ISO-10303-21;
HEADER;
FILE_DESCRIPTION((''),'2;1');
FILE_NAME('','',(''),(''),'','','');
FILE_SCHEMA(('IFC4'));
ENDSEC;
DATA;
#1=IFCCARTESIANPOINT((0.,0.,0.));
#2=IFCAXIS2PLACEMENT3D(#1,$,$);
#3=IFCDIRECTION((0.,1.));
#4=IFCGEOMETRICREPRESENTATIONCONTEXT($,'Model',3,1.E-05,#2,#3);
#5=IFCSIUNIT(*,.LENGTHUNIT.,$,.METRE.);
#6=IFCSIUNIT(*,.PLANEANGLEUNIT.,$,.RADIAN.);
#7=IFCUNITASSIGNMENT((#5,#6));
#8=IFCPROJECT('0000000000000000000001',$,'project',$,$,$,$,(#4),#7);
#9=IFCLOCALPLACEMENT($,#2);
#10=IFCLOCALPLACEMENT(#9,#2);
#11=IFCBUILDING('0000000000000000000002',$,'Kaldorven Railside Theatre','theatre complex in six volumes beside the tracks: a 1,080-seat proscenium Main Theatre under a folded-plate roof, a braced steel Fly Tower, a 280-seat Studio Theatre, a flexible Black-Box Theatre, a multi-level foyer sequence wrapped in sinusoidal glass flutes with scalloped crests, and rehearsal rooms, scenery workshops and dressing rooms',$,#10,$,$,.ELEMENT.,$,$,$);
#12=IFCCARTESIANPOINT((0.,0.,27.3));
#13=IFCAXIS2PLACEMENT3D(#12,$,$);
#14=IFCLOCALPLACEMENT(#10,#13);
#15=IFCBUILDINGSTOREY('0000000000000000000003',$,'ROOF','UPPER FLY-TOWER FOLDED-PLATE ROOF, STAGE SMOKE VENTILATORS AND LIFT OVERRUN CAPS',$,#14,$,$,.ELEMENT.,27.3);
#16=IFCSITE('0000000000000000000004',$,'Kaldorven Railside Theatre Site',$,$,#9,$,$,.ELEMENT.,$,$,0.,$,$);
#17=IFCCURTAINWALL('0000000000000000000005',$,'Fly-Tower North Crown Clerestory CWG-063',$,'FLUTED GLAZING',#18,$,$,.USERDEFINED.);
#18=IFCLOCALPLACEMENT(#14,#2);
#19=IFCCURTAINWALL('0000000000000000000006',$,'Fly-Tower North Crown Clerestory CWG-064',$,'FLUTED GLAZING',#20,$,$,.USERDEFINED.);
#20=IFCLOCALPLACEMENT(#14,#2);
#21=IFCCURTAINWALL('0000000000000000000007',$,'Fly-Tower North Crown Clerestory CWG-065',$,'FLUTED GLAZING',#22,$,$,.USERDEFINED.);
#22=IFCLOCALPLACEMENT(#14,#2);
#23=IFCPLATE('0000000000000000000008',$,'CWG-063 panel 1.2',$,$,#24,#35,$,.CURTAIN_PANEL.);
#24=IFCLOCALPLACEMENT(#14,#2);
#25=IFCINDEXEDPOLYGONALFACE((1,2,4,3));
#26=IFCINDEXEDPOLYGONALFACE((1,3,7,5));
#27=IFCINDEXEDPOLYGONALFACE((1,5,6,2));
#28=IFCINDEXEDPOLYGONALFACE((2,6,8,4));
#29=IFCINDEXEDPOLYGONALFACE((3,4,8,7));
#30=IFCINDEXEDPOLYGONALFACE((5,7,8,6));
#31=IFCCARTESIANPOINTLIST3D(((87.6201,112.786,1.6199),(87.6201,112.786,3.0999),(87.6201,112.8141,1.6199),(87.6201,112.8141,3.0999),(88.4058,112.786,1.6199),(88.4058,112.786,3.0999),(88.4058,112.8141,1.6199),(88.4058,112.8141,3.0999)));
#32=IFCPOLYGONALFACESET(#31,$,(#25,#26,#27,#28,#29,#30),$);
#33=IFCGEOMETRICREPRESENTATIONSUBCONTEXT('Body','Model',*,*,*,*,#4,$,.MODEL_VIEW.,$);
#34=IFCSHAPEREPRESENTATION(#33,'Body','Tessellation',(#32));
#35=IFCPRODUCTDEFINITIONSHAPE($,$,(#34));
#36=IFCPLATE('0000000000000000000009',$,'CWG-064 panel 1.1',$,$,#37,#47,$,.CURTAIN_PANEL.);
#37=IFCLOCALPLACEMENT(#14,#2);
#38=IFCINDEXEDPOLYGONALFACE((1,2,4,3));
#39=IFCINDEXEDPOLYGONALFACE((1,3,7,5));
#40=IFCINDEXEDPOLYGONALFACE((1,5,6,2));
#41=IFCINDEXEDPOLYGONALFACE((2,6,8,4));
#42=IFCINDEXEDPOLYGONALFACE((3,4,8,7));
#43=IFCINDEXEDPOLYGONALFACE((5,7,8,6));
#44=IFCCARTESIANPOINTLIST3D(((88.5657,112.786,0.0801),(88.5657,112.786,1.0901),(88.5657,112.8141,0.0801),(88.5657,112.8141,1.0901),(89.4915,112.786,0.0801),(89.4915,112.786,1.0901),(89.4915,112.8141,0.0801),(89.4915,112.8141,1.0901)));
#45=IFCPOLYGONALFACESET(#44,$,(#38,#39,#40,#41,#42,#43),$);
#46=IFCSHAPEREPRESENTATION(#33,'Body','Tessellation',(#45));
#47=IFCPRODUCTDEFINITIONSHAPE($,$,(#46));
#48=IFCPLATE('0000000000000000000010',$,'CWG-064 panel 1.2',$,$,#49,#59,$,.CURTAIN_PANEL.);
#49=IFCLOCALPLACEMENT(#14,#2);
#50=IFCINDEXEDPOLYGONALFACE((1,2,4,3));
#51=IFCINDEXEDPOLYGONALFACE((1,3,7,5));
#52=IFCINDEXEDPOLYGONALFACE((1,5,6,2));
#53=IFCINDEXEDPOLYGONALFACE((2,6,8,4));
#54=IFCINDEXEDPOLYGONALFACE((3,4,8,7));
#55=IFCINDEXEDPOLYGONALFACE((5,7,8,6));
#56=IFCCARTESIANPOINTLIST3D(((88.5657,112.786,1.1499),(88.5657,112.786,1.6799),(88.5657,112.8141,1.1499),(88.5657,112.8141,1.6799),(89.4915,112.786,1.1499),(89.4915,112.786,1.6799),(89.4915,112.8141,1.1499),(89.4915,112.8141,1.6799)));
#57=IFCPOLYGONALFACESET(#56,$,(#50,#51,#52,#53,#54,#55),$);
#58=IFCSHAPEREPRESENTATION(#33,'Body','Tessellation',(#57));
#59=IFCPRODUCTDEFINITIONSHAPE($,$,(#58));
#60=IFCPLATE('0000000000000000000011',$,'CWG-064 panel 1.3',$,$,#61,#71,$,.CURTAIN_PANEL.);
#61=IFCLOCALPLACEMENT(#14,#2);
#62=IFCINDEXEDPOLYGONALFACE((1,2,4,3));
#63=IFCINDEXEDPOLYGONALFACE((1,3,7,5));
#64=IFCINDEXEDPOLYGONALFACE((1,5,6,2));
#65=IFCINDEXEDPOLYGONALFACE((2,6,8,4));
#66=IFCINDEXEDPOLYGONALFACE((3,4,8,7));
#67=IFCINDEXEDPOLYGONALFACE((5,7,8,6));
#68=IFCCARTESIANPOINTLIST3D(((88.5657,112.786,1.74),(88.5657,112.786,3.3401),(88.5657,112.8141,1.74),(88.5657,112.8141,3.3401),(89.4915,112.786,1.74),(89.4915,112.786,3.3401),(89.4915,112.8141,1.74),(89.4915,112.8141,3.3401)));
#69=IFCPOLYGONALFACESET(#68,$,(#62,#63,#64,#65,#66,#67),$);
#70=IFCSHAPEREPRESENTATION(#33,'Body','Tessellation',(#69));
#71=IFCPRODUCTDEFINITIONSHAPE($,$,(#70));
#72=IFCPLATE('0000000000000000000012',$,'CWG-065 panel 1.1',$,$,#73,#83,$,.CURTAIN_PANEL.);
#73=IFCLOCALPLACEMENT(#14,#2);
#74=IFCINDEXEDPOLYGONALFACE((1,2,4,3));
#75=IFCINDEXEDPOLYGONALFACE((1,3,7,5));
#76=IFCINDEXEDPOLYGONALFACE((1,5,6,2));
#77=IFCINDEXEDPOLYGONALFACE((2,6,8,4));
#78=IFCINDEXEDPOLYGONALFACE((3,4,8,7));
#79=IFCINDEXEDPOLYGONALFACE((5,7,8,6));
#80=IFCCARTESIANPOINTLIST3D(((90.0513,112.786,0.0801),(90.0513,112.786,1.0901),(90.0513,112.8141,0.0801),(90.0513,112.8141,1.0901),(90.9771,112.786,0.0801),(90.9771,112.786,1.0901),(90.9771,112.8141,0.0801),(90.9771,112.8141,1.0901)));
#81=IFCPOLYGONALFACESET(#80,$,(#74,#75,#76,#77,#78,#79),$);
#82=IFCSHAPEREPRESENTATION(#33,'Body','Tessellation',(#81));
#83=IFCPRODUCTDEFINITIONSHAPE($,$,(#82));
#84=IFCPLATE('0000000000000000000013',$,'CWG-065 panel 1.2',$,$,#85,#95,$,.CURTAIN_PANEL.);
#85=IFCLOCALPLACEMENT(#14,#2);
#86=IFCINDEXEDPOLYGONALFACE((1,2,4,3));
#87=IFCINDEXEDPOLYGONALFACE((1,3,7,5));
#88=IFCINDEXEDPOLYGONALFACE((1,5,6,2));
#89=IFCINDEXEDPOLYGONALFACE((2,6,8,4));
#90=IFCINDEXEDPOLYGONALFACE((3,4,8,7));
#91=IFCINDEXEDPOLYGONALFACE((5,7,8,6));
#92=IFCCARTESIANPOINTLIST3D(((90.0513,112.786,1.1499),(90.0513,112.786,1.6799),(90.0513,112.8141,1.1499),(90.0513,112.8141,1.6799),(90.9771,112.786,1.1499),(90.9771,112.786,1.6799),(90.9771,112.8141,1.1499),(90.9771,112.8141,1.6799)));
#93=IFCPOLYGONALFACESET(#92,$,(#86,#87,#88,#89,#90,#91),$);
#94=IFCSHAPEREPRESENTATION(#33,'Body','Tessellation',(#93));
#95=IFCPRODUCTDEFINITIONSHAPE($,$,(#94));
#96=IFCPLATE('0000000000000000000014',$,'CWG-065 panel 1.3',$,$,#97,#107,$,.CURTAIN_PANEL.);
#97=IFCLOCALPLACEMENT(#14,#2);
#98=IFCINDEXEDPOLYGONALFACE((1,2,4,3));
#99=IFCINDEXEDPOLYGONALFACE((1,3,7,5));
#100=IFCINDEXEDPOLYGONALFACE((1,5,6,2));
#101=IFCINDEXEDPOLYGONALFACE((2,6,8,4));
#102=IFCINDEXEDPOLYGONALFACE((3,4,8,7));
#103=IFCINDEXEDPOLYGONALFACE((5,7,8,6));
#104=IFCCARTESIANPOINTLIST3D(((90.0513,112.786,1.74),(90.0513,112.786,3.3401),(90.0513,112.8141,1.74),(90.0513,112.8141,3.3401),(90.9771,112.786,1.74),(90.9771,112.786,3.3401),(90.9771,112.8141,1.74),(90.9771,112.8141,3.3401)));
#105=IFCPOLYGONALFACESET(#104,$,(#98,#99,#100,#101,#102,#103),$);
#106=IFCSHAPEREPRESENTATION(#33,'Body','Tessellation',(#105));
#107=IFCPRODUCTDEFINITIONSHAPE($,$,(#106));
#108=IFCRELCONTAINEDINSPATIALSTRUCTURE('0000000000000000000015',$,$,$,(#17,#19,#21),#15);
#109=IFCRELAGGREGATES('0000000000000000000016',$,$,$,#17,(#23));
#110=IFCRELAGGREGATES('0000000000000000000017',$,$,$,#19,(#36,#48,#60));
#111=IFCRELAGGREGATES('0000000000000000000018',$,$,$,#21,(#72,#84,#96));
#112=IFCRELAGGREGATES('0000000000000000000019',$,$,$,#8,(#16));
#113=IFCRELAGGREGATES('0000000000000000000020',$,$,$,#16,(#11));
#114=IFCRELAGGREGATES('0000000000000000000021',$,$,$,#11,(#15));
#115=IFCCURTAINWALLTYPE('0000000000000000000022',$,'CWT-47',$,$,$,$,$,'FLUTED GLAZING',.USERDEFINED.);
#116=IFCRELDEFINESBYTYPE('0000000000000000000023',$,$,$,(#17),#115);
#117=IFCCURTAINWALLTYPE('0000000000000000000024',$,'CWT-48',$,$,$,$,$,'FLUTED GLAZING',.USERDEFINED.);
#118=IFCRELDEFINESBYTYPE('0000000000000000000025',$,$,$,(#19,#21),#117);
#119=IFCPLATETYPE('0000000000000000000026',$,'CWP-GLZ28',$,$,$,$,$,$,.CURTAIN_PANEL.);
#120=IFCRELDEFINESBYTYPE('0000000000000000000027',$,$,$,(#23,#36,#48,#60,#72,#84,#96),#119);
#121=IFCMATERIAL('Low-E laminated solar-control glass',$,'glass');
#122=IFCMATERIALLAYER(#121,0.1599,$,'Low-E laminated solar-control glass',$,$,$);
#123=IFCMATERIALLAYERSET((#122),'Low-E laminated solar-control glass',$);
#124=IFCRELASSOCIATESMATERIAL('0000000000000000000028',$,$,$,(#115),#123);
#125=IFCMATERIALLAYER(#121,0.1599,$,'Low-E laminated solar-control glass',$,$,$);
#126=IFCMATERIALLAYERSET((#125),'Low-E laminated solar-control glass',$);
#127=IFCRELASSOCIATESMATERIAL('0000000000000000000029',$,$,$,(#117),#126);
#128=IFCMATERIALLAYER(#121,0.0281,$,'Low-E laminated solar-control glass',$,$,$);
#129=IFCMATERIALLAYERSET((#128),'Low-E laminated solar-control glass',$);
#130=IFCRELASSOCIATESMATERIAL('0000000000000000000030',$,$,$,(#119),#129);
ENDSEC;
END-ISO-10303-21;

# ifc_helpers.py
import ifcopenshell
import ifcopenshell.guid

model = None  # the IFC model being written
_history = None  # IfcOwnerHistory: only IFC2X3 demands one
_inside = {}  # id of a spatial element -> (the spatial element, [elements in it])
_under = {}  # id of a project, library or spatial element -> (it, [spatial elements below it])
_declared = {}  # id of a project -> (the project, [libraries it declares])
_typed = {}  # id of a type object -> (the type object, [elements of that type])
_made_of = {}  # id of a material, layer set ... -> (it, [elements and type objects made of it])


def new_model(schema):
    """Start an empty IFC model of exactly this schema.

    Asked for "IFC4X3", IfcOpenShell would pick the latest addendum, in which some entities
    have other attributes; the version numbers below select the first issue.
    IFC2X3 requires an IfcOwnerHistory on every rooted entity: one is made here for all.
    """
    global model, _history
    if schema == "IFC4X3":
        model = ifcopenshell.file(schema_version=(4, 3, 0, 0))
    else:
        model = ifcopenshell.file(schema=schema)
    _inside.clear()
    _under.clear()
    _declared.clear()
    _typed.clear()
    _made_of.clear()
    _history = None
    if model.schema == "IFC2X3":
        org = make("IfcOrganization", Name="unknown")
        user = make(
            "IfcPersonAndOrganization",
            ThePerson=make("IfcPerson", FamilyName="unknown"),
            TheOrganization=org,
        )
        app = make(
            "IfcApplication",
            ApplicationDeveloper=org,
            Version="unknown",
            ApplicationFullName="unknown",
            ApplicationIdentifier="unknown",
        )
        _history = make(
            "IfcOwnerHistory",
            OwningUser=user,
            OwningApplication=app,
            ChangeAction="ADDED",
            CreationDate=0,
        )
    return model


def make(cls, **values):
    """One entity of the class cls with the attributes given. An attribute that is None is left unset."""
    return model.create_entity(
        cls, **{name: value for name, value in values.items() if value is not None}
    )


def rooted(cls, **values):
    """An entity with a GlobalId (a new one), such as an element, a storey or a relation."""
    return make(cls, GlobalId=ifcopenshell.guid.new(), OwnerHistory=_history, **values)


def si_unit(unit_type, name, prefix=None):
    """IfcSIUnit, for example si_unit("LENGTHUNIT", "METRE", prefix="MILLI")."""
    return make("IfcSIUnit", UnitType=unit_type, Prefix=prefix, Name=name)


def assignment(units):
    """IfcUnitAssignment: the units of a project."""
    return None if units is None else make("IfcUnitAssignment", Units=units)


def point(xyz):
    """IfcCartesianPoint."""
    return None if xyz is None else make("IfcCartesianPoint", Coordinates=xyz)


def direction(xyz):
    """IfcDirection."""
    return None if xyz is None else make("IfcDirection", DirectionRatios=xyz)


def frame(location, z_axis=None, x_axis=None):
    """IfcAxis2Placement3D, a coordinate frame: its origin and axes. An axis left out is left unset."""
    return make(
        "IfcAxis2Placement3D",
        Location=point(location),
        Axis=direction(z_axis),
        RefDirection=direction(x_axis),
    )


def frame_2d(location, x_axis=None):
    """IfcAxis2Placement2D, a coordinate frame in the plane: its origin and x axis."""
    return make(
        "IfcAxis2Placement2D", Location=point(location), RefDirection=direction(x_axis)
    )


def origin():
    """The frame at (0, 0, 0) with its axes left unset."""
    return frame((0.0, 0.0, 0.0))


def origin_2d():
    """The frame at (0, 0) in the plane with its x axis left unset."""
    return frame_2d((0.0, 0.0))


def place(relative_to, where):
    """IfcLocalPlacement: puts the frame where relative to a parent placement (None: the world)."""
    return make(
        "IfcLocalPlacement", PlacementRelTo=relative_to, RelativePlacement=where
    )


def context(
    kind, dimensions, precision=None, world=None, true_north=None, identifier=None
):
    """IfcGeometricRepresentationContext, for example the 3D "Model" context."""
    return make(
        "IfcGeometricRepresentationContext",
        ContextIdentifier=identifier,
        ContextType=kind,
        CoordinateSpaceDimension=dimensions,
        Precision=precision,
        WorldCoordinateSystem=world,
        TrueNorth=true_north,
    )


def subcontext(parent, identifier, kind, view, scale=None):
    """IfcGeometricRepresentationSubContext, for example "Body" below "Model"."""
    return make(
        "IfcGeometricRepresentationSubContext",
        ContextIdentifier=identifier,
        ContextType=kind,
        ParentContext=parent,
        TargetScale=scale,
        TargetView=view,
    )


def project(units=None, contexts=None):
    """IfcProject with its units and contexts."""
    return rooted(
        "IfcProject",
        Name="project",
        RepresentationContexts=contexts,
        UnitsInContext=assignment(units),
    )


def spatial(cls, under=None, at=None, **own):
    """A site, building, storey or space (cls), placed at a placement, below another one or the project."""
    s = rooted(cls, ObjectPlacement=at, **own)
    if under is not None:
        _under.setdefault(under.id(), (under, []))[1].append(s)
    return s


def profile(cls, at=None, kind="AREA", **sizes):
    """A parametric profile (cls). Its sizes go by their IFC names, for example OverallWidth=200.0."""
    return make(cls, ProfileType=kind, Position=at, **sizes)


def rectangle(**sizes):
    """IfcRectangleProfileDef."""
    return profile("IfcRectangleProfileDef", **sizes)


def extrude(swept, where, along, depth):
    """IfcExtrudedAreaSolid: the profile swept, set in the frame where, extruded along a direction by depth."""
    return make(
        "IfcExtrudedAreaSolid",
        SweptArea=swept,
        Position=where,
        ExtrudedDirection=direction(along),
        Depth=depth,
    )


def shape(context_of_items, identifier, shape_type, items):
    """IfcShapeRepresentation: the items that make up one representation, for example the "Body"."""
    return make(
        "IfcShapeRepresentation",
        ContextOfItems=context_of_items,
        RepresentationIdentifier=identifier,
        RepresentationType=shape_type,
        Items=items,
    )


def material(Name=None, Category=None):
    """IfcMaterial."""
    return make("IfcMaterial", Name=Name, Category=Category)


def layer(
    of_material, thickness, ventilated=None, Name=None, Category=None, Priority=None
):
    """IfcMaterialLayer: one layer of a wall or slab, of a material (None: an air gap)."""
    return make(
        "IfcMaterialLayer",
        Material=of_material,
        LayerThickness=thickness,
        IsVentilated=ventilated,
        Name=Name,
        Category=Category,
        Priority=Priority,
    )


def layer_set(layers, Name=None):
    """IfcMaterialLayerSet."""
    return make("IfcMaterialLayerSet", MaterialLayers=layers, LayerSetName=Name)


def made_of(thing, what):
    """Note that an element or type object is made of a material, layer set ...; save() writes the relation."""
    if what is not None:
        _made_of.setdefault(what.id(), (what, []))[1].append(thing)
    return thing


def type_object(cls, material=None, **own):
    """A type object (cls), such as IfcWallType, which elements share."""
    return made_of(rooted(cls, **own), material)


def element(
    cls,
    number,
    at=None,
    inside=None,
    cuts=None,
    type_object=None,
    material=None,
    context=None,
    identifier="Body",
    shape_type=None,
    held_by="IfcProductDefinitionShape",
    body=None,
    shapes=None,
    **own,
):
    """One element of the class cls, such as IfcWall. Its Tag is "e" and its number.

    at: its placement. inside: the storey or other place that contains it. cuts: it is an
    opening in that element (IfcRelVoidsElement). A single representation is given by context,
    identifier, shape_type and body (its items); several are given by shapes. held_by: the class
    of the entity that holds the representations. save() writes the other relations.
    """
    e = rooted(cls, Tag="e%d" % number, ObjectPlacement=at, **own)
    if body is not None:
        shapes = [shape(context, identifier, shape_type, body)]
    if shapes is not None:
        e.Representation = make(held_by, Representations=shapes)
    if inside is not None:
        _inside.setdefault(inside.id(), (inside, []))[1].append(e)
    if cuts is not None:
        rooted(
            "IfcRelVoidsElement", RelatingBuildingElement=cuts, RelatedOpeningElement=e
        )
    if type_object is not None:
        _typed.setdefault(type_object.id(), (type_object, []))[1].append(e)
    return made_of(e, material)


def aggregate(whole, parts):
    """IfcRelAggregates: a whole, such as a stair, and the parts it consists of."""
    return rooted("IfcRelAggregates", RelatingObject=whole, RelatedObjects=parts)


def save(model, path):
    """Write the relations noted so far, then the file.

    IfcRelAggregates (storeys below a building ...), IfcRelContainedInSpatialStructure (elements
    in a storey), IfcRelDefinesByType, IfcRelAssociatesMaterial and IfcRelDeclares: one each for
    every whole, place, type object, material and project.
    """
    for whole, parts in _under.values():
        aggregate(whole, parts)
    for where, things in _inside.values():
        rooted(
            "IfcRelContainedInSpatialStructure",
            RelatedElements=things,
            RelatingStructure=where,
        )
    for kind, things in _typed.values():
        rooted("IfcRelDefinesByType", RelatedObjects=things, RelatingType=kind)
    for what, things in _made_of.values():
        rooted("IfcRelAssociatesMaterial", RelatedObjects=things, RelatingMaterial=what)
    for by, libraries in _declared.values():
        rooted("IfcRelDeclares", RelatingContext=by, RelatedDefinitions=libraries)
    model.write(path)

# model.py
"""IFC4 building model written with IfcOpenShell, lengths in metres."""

from ifc_helpers import new_model, si_unit, direction, frame, origin, origin_2d, place, context, subcontext, project, spatial, rectangle, extrude, material, layer, layer_set, type_object, element, aggregate, save


model = new_model("IFC4")

# Units and contexts
model_context = context("Model", 3, precision=1e-05, world=origin(), true_north=direction((0.0, 1.0)))
body_context = subcontext(model_context, "Body", "Model", "MODEL_VIEW")
ifc_project = project(units=[si_unit("LENGTHUNIT", "METRE"), si_unit("PLANEANGLEUNIT", "RADIAN")], contexts=[model_context])

# Site, building, storey
site_placement = place(None, origin())
site = spatial("IfcSite", under=ifc_project, at=site_placement, Name="Kaldorven Railside Theatre Site", CompositionType="ELEMENT", RefElevation=0.0)
building_placement = place(site_placement, origin())
building = spatial("IfcBuilding", under=site, at=building_placement, Name="Kaldorven Railside Theatre", Description="theatre complex in six volumes beside the tracks: a 1,080-seat proscenium Main Theatre under a folded-plate roof, a braced steel Fly Tower, a 280-seat Studio Theatre, a flexible Black-Box Theatre, a multi-level foyer sequence wrapped in sinusoidal glass flutes with scalloped crests, and rehearsal rooms, scenery workshops and dressing rooms", CompositionType="ELEMENT")
storey_placement = place(building_placement, frame((0.0, 0.0, 27.3)))
storey = spatial("IfcBuildingStorey", under=building, at=storey_placement, Name="ROOF", Description="UPPER FLY-TOWER FOLDED-PLATE ROOF, STAGE SMOKE VENTILATORS AND LIFT OVERRUN CAPS", CompositionType="ELEMENT", Elevation=27.3)

# Curtain walls
ifc_material_1 = material(Name="Low-E laminated solar-control glass", Category="glass")
ifc_layer_1 = layer(ifc_material_1, 0.1599, Name="Low-E laminated solar-control glass")
ifc_layer_set_1 = layer_set([ifc_layer_1], Name="Low-E laminated solar-control glass")
curtain_wall_type_1 = type_object("IfcCurtainWallType", Name="CWT-47", ElementType="FLUTED GLAZING", PredefinedType="USERDEFINED", material=ifc_layer_set_1)
curtain_wall_1_placement = place(storey_placement, origin())
curtain_wall_1 = element("IfcCurtainWall", 1, at=curtain_wall_1_placement, inside=storey, type_object=curtain_wall_type_1, Name="Fly-Tower North Crown Clerestory CWG-063", ObjectType="FLUTED GLAZING", PredefinedType="USERDEFINED")
ifc_layer_2 = layer(ifc_material_1, 0.1599, Name="Low-E laminated solar-control glass")
ifc_layer_set_2 = layer_set([ifc_layer_2], Name="Low-E laminated solar-control glass")
curtain_wall_type_2 = type_object("IfcCurtainWallType", Name="CWT-48", ElementType="FLUTED GLAZING", PredefinedType="USERDEFINED", material=ifc_layer_set_2)
curtain_wall_2_placement = place(storey_placement, origin())
curtain_wall_2 = element("IfcCurtainWall", 2, at=curtain_wall_2_placement, inside=storey, type_object=curtain_wall_type_2, Name="Fly-Tower North Crown Clerestory CWG-064", ObjectType="FLUTED GLAZING", PredefinedType="USERDEFINED")
curtain_wall_3_placement = place(storey_placement, origin())
curtain_wall_3 = element("IfcCurtainWall", 3, at=curtain_wall_3_placement, inside=storey, type_object=curtain_wall_type_2, Name="Fly-Tower North Crown Clerestory CWG-065", ObjectType="FLUTED GLAZING", PredefinedType="USERDEFINED")

# Plates
ifc_layer_3 = layer(ifc_material_1, 0.0281, Name="Low-E laminated solar-control glass")
ifc_layer_set_3 = layer_set([ifc_layer_3], Name="Low-E laminated solar-control glass")
plate_type = type_object("IfcPlateType", Name="CWP-GLZ28", PredefinedType="CURTAIN_PANEL", material=ifc_layer_set_3)
plate_1_placement = place(storey_placement, frame((88.0129, 112.8, 1.6199), z_axis=(0.0, 0.0, 1.0), x_axis=(1.0, 0.0, 0.0)))
plate_1 = element("IfcPlate", 4, at=plate_1_placement, type_object=plate_type, Name="CWG-063 panel 1.2", PredefinedType="CURTAIN_PANEL", context=body_context, shape_type="SweptSolid", body=[
    extrude(rectangle(XDim=0.7856, YDim=0.0281, at=origin_2d()), origin(), (0.0, 0.0, 1.0), 1.48),
])
aggregate(curtain_wall_1, [plate_1])
plate_2_placement = place(storey_placement, frame((89.0286, 112.8, 0.0801), z_axis=(0.0, 0.0, 1.0), x_axis=(1.0, 0.0, 0.0)))
plate_2 = element("IfcPlate", 5, at=plate_2_placement, type_object=plate_type, Name="CWG-064 panel 1.1", PredefinedType="CURTAIN_PANEL", context=body_context, shape_type="SweptSolid", body=[
    extrude(rectangle(XDim=0.9258, YDim=0.0281, at=origin_2d()), origin(), (0.0, 0.0, 1.0), 1.01),
])
plate_3_placement = place(storey_placement, frame((89.0286, 112.8, 1.1499), z_axis=(0.0, 0.0, 1.0), x_axis=(1.0, 0.0, 0.0)))
plate_3 = element("IfcPlate", 6, at=plate_3_placement, type_object=plate_type, Name="CWG-064 panel 1.2", PredefinedType="CURTAIN_PANEL", context=body_context, shape_type="SweptSolid", body=[
    extrude(rectangle(XDim=0.9258, YDim=0.0281, at=origin_2d()), origin(), (0.0, 0.0, 1.0), 0.53),
])
plate_4_placement = place(storey_placement, frame((89.0286, 112.8, 1.74), z_axis=(0.0, 0.0, 1.0), x_axis=(1.0, 0.0, 0.0)))
plate_4 = element("IfcPlate", 7, at=plate_4_placement, type_object=plate_type, Name="CWG-064 panel 1.3", PredefinedType="CURTAIN_PANEL", context=body_context, shape_type="SweptSolid", body=[
    extrude(rectangle(XDim=0.9258, YDim=0.0281, at=origin_2d()), origin(), (0.0, 0.0, 1.0), 1.6001),
])
aggregate(curtain_wall_2, [plate_2, plate_3, plate_4])
plate_5_placement = place(storey_placement, frame((90.5142, 112.8, 0.0801), z_axis=(0.0, 0.0, 1.0), x_axis=(1.0, 0.0, 0.0)))
plate_5 = element("IfcPlate", 8, at=plate_5_placement, type_object=plate_type, Name="CWG-065 panel 1.1", PredefinedType="CURTAIN_PANEL", context=body_context, shape_type="SweptSolid", body=[
    extrude(rectangle(XDim=0.9258, YDim=0.0281, at=origin_2d()), origin(), (0.0, 0.0, 1.0), 1.01),
])
plate_6_placement = place(storey_placement, frame((90.5142, 112.8, 1.1499), z_axis=(0.0, 0.0, 1.0), x_axis=(1.0, 0.0, 0.0)))
plate_6 = element("IfcPlate", 9, at=plate_6_placement, type_object=plate_type, Name="CWG-065 panel 1.2", PredefinedType="CURTAIN_PANEL", context=body_context, shape_type="SweptSolid", body=[
    extrude(rectangle(XDim=0.9258, YDim=0.0281, at=origin_2d()), origin(), (0.0, 0.0, 1.0), 0.53),
])
plate_7_placement = place(storey_placement, frame((90.5142, 112.8, 1.74), z_axis=(0.0, 0.0, 1.0), x_axis=(1.0, 0.0, 0.0)))
plate_7 = element("IfcPlate", 10, at=plate_7_placement, type_object=plate_type, Name="CWG-065 panel 1.3", PredefinedType="CURTAIN_PANEL", context=body_context, shape_type="SweptSolid", body=[
    extrude(rectangle(XDim=0.9258, YDim=0.0281, at=origin_2d()), origin(), (0.0, 0.0, 1.0), 1.6001),
])
aggregate(curtain_wall_3, [plate_5, plate_6, plate_7])

save(model, "model.ifc")
